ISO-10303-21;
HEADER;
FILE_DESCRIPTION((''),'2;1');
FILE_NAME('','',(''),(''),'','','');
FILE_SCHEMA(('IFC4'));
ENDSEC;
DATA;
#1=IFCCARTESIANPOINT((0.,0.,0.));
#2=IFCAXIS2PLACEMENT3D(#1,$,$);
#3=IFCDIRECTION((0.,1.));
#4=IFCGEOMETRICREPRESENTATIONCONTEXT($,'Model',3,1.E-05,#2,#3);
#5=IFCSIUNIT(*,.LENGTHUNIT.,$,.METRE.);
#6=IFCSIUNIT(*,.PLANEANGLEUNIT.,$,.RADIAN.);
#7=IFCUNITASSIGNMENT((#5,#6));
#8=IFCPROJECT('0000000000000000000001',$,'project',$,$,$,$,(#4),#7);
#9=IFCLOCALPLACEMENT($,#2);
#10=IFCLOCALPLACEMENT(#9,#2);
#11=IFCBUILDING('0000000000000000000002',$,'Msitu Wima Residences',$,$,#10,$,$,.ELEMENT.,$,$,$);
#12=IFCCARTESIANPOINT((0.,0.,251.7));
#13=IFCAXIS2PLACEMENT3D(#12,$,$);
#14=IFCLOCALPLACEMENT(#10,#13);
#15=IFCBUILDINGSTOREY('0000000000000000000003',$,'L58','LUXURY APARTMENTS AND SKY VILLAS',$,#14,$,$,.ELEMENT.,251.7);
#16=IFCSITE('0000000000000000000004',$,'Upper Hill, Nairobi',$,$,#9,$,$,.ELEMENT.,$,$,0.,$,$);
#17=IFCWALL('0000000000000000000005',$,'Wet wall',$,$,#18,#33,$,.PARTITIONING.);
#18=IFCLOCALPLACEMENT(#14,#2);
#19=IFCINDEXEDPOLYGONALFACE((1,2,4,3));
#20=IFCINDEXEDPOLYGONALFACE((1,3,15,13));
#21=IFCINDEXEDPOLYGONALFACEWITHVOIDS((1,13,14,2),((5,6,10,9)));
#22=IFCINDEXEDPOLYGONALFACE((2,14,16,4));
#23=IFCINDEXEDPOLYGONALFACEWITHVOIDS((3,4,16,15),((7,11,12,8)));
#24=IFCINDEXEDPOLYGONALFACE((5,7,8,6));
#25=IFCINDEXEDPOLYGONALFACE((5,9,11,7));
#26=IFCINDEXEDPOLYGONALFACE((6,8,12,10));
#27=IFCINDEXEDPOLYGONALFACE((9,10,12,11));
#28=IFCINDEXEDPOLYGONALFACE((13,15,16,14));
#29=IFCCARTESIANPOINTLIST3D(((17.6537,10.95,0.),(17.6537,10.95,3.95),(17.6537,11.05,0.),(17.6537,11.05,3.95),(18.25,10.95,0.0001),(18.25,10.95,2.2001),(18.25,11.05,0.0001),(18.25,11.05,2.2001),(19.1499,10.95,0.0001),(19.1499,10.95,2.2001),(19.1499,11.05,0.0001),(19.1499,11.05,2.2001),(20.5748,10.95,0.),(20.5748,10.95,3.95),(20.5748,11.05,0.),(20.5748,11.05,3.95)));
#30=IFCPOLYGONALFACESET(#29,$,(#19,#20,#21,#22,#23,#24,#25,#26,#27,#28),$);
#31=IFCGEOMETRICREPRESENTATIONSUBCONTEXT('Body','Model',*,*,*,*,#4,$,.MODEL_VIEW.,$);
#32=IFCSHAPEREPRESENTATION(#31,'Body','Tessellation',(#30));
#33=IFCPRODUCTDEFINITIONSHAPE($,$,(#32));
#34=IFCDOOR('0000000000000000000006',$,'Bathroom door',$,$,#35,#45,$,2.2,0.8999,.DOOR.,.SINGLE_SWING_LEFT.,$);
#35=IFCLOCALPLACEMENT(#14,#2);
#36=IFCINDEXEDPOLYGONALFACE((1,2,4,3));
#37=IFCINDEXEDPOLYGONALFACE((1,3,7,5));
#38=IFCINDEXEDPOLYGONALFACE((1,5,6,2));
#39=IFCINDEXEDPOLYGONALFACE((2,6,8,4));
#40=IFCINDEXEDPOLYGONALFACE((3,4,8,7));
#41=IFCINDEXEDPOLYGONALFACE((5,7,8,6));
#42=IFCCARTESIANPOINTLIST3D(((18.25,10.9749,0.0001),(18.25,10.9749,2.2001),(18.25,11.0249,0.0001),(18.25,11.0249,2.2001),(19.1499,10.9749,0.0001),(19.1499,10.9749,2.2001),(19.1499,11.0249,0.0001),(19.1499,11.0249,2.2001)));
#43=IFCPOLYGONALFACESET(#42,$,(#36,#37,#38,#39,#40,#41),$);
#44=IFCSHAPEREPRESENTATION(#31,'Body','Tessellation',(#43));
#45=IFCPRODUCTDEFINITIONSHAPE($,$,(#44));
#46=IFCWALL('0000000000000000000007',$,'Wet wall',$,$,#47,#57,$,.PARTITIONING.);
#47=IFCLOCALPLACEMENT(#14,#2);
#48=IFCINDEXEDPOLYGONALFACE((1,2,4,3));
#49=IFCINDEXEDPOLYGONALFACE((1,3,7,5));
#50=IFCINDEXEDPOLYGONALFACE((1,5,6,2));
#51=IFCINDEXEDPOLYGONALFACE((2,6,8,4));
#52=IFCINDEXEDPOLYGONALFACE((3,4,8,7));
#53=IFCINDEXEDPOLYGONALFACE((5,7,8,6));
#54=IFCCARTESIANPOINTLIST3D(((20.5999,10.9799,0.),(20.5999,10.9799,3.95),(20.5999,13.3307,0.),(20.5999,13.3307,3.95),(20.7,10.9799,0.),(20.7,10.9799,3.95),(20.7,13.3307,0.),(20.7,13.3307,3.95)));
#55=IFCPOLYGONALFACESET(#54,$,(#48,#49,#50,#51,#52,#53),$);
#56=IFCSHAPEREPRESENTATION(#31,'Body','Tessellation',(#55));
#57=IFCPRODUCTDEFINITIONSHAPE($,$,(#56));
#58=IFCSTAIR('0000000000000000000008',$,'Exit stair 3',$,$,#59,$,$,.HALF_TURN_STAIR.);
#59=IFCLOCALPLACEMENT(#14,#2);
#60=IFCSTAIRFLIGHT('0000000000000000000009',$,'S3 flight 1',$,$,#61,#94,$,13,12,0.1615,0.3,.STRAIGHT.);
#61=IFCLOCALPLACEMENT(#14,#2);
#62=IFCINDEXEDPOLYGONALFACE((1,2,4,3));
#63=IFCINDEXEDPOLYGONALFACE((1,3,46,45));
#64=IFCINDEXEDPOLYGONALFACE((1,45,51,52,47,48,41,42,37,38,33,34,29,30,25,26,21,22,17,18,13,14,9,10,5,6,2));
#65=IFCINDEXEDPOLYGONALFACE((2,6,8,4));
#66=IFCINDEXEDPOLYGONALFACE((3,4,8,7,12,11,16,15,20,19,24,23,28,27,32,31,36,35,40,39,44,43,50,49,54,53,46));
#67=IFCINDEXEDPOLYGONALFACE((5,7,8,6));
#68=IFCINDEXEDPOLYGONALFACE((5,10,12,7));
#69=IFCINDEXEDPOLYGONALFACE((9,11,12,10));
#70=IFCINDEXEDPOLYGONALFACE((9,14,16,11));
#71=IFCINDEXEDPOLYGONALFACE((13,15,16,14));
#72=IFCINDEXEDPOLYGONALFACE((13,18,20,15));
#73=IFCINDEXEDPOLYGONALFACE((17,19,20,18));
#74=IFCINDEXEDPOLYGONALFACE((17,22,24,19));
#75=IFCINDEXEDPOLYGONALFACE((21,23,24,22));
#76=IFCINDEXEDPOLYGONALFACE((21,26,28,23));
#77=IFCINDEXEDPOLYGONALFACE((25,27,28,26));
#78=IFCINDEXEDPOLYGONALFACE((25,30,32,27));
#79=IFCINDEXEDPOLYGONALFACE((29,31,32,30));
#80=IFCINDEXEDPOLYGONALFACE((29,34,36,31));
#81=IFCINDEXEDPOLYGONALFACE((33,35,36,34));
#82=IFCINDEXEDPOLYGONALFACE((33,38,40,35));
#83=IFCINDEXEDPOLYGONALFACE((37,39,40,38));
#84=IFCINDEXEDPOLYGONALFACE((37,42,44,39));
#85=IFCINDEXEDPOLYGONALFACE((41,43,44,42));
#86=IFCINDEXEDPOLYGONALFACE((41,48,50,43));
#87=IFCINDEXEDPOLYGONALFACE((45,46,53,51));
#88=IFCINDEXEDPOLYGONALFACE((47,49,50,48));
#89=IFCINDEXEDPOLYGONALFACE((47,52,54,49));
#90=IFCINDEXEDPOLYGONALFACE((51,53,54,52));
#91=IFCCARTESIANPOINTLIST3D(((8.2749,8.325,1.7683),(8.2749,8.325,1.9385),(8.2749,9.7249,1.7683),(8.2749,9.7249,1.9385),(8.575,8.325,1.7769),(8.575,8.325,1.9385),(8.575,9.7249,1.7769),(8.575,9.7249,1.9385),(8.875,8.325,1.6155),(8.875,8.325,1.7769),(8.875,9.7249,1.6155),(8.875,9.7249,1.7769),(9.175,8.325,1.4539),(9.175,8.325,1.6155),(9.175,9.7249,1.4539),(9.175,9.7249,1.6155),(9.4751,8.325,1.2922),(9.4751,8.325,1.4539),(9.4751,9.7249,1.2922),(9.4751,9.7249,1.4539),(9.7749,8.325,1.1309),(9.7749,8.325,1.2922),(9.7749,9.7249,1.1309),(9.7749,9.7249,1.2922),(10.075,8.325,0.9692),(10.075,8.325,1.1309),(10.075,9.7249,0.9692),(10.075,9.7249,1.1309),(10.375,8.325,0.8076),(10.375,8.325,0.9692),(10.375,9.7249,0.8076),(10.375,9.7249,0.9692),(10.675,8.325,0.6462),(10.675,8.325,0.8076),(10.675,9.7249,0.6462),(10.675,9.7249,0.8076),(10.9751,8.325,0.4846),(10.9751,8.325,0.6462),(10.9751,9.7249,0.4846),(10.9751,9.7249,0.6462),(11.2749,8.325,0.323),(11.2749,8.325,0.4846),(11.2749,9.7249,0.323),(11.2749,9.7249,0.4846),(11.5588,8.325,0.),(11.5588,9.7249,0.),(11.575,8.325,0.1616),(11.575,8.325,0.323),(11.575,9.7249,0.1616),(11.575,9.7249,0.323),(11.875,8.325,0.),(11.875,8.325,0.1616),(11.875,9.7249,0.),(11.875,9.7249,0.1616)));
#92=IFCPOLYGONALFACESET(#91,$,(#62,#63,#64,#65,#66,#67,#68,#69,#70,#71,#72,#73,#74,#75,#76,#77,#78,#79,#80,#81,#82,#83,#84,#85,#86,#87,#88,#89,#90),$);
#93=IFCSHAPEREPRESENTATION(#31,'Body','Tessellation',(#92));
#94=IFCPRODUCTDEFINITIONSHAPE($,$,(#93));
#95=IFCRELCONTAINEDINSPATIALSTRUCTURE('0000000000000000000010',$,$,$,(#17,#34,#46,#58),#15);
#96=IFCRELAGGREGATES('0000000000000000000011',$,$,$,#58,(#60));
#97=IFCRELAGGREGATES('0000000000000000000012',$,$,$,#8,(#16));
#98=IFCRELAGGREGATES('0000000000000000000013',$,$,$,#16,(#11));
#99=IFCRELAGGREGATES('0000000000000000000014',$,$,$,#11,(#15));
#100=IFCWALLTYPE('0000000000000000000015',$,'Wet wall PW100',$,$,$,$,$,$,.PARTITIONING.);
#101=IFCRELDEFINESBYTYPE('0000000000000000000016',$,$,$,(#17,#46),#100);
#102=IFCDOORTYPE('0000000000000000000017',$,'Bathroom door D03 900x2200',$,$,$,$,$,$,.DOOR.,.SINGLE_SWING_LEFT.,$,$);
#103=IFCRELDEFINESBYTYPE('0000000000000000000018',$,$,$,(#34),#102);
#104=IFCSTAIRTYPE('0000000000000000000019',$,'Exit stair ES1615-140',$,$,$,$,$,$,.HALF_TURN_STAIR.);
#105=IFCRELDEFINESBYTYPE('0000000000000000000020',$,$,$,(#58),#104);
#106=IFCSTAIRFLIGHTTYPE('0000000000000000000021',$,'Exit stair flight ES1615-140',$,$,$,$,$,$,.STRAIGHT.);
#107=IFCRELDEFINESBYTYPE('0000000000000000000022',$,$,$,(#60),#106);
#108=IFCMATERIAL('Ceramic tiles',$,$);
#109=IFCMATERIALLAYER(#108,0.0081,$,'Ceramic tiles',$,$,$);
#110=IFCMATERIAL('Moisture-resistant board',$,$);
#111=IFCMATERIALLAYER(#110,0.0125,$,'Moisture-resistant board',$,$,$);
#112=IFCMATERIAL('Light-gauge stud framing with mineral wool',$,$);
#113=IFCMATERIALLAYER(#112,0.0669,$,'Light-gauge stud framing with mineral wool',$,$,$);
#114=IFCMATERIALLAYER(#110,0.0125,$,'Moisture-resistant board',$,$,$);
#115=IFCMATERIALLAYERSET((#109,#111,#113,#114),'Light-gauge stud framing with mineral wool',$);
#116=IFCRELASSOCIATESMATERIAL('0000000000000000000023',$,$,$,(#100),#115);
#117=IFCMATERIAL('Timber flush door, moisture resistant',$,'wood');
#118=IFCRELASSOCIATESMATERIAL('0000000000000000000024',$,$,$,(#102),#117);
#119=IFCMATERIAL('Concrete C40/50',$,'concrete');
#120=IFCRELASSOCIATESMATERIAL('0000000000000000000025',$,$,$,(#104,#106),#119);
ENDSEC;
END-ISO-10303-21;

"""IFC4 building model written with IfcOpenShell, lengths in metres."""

from ifc_helpers import new_model, si_unit, direction, frame, frame_2d, origin, place, context, subcontext, project, spatial, polyline, rectangle, outline, extrude, material, layer, layer_set, type_object, element, fill, aggregate, save


model = new_model("IFC4")

# Units and contexts
model_context = context("Model", 3, precision=1e-05, world=origin(), true_north=direction((0.0, 1.0)))
body_context = subcontext(model_context, "Body", "Model", "MODEL_VIEW")
ifc_project = project(units=[si_unit("LENGTHUNIT", "METRE"), si_unit("PLANEANGLEUNIT", "RADIAN")], contexts=[model_context])

# Site, building, storey
site_placement = place(None, origin())
site = spatial("IfcSite", under=ifc_project, at=site_placement, Name="Upper Hill, Nairobi", CompositionType="ELEMENT", RefElevation=0.0)
building_placement = place(site_placement, origin())
building = spatial("IfcBuilding", under=site, at=building_placement, Name="Msitu Wima Residences", CompositionType="ELEMENT")
storey_placement = place(building_placement, frame((0.0, 0.0, 251.7)))
storey = spatial("IfcBuildingStorey", under=building, at=storey_placement, Name="L58", Description="LUXURY APARTMENTS AND SKY VILLAS", CompositionType="ELEMENT", Elevation=251.7)

# Shared definitions
ifc_material_1 = material(Name="Concrete C40/50", Category="concrete")

# Shared definitions
ifc_material_2 = material(Name="Ceramic tiles")
ifc_layer_1 = layer(ifc_material_2, 0.0081, Name="Ceramic tiles")
ifc_material_3 = material(Name="Moisture-resistant board")
ifc_layer_2 = layer(ifc_material_3, 0.0125, Name="Moisture-resistant board")
ifc_material_4 = material(Name="Light-gauge stud framing with mineral wool")
ifc_layer_3 = layer(ifc_material_4, 0.0669, Name="Light-gauge stud framing with mineral wool")
ifc_layer_4 = layer(ifc_material_3, 0.0125, Name="Moisture-resistant board")
ifc_layer_set_1 = layer_set([ifc_layer_1, ifc_layer_2, ifc_layer_3, ifc_layer_4], Name="Light-gauge stud framing with mineral wool")
wall_type_1 = type_object("IfcWallType", Name="Wet wall PW100", PredefinedType="PARTITIONING", material=ifc_layer_set_1)

# Wall, opening, door
wall_1_placement = place(storey_placement, frame((17.6538, 11.0, 0.0), z_axis=(0.0, 0.0, 1.0), x_axis=(1.0, 0.0, 0.0)))
wall_1 = element("IfcWall", 1, at=wall_1_placement, inside=storey, type_object=wall_type_1, Name="Wet wall", PredefinedType="PARTITIONING", context=body_context, shape_type="SweptSolid", body=[
    extrude(rectangle(XDim=2.9211, YDim=0.1001, at=frame_2d((1.4604, 0.0))), origin(), (0.0, 0.0, 1.0), 3.95),
])
opening_1_placement = place(wall_1_placement, frame((0.5962, 0.0, 0.0)))
opening_1 = element("IfcOpeningElement", 2, at=opening_1_placement, cuts=wall_1, PredefinedType="OPENING", context=body_context, shape_type="SweptSolid", body=[
    extrude(rectangle(XDim=0.8999, YDim=2.2, at=frame_2d((0.45, 1.1001))), frame((0.0, 0.0601, 0.0), z_axis=(0.0, -1.0, 0.0), x_axis=(1.0, 0.0, 0.0)), (0.0, 0.0, 1.0), 0.1201),
])
ifc_material_5 = material(Name="Timber flush door, moisture resistant", Category="wood")
door_type_1 = type_object("IfcDoorType", Name="Bathroom door D03 900x2200", OperationType="SINGLE_SWING_LEFT", PredefinedType="DOOR", material=ifc_material_5)
door_1_placement = place(opening_1_placement, origin())
door_1 = element("IfcDoor", 3, at=door_1_placement, inside=storey, type_object=door_type_1, Name="Bathroom door", OperationType="SINGLE_SWING_LEFT", OverallHeight=2.2, OverallWidth=0.8999, PredefinedType="DOOR", context=body_context, shape_type="SweptSolid", body=[
    extrude(rectangle(XDim=0.8999, YDim=2.2, at=frame_2d((0.45, 1.1001))), frame((0.0, 0.0249, 0.0), z_axis=(0.0, -1.0, 0.0), x_axis=(1.0, 0.0, 0.0)), (0.0, 0.0, 1.0), 0.05),
])
fill(opening_1, door_1)

# Wall
wall_2_placement = place(storey_placement, frame((20.6499, 10.98, 0.0), z_axis=(0.0, 0.0, 1.0), x_axis=(0.0, 1.0, 0.0)))
element("IfcWall", 4, at=wall_2_placement, inside=storey, type_object=wall_type_1, Name="Wet wall", PredefinedType="PARTITIONING", context=body_context, shape_type="SweptSolid", body=[
    extrude(rectangle(XDim=2.3508, YDim=0.1001, at=frame_2d((1.1753, 0.0))), origin(), (0.0, 0.0, 1.0), 3.95),
])

# Stair, stair flight
stair_type = type_object("IfcStairType", Name="Exit stair ES1615-140", PredefinedType="HALF_TURN_STAIR", material=ifc_material_1)
stair_placement = place(storey_placement, origin())
stair = element("IfcStair", 5, at=stair_placement, inside=storey, type_object=stair_type, Name="Exit stair 3", PredefinedType="HALF_TURN_STAIR")
stair_flight_type = type_object("IfcStairFlightType", Name="Exit stair flight ES1615-140", PredefinedType="STRAIGHT", material=ifc_material_1)
stair_flight_placement = place(storey_placement, frame((11.875, 9.0249, 0.0), z_axis=(0.0, 0.0, 1.0), x_axis=(-1.0, 0.0, 0.0)))
stair_flight = element("IfcStairFlight", 6, at=stair_flight_placement, type_object=stair_flight_type, Name="S3 flight 1", NumberOfRisers=13, NumberOfTreads=12, PredefinedType="STRAIGHT", RiserHeight=0.1615, TreadLength=0.3, context=body_context, shape_type="SweptSolid", body=[
    extrude(outline(polyline([(0.0, 0.0), (0.0, 0.1616), (0.3, 0.1616), (0.3, 0.323), (0.6001, 0.323), (0.6001, 0.4846), (0.8999, 0.4846), (0.8999, 0.6462), (1.2, 0.6462), (1.2, 0.8076), (1.5, 0.8076), (1.5, 0.9692), (1.8, 0.9692), (1.8, 1.1309), (2.1001, 1.1309), (2.1001, 1.2922), (2.3999, 1.2922), (2.3999, 1.4539), (2.7, 1.4539), (2.7, 1.6155), (3.0, 1.6155), (3.0, 1.7769), (3.3, 1.7769), (3.3, 1.9385), (3.6001, 1.9385), (3.6001, 2.1001), (3.6001, 1.7683), (0.3162, 0.0), (0.0, 0.0)])), frame((0.0, 0.7, 0.0), z_axis=(0.0, -1.0, 0.0), x_axis=(1.0, 0.0, 0.0)), (0.0, 0.0, 1.0), 1.3999),
])
aggregate(stair, [stair_flight])

save(model, "model.ifc")
